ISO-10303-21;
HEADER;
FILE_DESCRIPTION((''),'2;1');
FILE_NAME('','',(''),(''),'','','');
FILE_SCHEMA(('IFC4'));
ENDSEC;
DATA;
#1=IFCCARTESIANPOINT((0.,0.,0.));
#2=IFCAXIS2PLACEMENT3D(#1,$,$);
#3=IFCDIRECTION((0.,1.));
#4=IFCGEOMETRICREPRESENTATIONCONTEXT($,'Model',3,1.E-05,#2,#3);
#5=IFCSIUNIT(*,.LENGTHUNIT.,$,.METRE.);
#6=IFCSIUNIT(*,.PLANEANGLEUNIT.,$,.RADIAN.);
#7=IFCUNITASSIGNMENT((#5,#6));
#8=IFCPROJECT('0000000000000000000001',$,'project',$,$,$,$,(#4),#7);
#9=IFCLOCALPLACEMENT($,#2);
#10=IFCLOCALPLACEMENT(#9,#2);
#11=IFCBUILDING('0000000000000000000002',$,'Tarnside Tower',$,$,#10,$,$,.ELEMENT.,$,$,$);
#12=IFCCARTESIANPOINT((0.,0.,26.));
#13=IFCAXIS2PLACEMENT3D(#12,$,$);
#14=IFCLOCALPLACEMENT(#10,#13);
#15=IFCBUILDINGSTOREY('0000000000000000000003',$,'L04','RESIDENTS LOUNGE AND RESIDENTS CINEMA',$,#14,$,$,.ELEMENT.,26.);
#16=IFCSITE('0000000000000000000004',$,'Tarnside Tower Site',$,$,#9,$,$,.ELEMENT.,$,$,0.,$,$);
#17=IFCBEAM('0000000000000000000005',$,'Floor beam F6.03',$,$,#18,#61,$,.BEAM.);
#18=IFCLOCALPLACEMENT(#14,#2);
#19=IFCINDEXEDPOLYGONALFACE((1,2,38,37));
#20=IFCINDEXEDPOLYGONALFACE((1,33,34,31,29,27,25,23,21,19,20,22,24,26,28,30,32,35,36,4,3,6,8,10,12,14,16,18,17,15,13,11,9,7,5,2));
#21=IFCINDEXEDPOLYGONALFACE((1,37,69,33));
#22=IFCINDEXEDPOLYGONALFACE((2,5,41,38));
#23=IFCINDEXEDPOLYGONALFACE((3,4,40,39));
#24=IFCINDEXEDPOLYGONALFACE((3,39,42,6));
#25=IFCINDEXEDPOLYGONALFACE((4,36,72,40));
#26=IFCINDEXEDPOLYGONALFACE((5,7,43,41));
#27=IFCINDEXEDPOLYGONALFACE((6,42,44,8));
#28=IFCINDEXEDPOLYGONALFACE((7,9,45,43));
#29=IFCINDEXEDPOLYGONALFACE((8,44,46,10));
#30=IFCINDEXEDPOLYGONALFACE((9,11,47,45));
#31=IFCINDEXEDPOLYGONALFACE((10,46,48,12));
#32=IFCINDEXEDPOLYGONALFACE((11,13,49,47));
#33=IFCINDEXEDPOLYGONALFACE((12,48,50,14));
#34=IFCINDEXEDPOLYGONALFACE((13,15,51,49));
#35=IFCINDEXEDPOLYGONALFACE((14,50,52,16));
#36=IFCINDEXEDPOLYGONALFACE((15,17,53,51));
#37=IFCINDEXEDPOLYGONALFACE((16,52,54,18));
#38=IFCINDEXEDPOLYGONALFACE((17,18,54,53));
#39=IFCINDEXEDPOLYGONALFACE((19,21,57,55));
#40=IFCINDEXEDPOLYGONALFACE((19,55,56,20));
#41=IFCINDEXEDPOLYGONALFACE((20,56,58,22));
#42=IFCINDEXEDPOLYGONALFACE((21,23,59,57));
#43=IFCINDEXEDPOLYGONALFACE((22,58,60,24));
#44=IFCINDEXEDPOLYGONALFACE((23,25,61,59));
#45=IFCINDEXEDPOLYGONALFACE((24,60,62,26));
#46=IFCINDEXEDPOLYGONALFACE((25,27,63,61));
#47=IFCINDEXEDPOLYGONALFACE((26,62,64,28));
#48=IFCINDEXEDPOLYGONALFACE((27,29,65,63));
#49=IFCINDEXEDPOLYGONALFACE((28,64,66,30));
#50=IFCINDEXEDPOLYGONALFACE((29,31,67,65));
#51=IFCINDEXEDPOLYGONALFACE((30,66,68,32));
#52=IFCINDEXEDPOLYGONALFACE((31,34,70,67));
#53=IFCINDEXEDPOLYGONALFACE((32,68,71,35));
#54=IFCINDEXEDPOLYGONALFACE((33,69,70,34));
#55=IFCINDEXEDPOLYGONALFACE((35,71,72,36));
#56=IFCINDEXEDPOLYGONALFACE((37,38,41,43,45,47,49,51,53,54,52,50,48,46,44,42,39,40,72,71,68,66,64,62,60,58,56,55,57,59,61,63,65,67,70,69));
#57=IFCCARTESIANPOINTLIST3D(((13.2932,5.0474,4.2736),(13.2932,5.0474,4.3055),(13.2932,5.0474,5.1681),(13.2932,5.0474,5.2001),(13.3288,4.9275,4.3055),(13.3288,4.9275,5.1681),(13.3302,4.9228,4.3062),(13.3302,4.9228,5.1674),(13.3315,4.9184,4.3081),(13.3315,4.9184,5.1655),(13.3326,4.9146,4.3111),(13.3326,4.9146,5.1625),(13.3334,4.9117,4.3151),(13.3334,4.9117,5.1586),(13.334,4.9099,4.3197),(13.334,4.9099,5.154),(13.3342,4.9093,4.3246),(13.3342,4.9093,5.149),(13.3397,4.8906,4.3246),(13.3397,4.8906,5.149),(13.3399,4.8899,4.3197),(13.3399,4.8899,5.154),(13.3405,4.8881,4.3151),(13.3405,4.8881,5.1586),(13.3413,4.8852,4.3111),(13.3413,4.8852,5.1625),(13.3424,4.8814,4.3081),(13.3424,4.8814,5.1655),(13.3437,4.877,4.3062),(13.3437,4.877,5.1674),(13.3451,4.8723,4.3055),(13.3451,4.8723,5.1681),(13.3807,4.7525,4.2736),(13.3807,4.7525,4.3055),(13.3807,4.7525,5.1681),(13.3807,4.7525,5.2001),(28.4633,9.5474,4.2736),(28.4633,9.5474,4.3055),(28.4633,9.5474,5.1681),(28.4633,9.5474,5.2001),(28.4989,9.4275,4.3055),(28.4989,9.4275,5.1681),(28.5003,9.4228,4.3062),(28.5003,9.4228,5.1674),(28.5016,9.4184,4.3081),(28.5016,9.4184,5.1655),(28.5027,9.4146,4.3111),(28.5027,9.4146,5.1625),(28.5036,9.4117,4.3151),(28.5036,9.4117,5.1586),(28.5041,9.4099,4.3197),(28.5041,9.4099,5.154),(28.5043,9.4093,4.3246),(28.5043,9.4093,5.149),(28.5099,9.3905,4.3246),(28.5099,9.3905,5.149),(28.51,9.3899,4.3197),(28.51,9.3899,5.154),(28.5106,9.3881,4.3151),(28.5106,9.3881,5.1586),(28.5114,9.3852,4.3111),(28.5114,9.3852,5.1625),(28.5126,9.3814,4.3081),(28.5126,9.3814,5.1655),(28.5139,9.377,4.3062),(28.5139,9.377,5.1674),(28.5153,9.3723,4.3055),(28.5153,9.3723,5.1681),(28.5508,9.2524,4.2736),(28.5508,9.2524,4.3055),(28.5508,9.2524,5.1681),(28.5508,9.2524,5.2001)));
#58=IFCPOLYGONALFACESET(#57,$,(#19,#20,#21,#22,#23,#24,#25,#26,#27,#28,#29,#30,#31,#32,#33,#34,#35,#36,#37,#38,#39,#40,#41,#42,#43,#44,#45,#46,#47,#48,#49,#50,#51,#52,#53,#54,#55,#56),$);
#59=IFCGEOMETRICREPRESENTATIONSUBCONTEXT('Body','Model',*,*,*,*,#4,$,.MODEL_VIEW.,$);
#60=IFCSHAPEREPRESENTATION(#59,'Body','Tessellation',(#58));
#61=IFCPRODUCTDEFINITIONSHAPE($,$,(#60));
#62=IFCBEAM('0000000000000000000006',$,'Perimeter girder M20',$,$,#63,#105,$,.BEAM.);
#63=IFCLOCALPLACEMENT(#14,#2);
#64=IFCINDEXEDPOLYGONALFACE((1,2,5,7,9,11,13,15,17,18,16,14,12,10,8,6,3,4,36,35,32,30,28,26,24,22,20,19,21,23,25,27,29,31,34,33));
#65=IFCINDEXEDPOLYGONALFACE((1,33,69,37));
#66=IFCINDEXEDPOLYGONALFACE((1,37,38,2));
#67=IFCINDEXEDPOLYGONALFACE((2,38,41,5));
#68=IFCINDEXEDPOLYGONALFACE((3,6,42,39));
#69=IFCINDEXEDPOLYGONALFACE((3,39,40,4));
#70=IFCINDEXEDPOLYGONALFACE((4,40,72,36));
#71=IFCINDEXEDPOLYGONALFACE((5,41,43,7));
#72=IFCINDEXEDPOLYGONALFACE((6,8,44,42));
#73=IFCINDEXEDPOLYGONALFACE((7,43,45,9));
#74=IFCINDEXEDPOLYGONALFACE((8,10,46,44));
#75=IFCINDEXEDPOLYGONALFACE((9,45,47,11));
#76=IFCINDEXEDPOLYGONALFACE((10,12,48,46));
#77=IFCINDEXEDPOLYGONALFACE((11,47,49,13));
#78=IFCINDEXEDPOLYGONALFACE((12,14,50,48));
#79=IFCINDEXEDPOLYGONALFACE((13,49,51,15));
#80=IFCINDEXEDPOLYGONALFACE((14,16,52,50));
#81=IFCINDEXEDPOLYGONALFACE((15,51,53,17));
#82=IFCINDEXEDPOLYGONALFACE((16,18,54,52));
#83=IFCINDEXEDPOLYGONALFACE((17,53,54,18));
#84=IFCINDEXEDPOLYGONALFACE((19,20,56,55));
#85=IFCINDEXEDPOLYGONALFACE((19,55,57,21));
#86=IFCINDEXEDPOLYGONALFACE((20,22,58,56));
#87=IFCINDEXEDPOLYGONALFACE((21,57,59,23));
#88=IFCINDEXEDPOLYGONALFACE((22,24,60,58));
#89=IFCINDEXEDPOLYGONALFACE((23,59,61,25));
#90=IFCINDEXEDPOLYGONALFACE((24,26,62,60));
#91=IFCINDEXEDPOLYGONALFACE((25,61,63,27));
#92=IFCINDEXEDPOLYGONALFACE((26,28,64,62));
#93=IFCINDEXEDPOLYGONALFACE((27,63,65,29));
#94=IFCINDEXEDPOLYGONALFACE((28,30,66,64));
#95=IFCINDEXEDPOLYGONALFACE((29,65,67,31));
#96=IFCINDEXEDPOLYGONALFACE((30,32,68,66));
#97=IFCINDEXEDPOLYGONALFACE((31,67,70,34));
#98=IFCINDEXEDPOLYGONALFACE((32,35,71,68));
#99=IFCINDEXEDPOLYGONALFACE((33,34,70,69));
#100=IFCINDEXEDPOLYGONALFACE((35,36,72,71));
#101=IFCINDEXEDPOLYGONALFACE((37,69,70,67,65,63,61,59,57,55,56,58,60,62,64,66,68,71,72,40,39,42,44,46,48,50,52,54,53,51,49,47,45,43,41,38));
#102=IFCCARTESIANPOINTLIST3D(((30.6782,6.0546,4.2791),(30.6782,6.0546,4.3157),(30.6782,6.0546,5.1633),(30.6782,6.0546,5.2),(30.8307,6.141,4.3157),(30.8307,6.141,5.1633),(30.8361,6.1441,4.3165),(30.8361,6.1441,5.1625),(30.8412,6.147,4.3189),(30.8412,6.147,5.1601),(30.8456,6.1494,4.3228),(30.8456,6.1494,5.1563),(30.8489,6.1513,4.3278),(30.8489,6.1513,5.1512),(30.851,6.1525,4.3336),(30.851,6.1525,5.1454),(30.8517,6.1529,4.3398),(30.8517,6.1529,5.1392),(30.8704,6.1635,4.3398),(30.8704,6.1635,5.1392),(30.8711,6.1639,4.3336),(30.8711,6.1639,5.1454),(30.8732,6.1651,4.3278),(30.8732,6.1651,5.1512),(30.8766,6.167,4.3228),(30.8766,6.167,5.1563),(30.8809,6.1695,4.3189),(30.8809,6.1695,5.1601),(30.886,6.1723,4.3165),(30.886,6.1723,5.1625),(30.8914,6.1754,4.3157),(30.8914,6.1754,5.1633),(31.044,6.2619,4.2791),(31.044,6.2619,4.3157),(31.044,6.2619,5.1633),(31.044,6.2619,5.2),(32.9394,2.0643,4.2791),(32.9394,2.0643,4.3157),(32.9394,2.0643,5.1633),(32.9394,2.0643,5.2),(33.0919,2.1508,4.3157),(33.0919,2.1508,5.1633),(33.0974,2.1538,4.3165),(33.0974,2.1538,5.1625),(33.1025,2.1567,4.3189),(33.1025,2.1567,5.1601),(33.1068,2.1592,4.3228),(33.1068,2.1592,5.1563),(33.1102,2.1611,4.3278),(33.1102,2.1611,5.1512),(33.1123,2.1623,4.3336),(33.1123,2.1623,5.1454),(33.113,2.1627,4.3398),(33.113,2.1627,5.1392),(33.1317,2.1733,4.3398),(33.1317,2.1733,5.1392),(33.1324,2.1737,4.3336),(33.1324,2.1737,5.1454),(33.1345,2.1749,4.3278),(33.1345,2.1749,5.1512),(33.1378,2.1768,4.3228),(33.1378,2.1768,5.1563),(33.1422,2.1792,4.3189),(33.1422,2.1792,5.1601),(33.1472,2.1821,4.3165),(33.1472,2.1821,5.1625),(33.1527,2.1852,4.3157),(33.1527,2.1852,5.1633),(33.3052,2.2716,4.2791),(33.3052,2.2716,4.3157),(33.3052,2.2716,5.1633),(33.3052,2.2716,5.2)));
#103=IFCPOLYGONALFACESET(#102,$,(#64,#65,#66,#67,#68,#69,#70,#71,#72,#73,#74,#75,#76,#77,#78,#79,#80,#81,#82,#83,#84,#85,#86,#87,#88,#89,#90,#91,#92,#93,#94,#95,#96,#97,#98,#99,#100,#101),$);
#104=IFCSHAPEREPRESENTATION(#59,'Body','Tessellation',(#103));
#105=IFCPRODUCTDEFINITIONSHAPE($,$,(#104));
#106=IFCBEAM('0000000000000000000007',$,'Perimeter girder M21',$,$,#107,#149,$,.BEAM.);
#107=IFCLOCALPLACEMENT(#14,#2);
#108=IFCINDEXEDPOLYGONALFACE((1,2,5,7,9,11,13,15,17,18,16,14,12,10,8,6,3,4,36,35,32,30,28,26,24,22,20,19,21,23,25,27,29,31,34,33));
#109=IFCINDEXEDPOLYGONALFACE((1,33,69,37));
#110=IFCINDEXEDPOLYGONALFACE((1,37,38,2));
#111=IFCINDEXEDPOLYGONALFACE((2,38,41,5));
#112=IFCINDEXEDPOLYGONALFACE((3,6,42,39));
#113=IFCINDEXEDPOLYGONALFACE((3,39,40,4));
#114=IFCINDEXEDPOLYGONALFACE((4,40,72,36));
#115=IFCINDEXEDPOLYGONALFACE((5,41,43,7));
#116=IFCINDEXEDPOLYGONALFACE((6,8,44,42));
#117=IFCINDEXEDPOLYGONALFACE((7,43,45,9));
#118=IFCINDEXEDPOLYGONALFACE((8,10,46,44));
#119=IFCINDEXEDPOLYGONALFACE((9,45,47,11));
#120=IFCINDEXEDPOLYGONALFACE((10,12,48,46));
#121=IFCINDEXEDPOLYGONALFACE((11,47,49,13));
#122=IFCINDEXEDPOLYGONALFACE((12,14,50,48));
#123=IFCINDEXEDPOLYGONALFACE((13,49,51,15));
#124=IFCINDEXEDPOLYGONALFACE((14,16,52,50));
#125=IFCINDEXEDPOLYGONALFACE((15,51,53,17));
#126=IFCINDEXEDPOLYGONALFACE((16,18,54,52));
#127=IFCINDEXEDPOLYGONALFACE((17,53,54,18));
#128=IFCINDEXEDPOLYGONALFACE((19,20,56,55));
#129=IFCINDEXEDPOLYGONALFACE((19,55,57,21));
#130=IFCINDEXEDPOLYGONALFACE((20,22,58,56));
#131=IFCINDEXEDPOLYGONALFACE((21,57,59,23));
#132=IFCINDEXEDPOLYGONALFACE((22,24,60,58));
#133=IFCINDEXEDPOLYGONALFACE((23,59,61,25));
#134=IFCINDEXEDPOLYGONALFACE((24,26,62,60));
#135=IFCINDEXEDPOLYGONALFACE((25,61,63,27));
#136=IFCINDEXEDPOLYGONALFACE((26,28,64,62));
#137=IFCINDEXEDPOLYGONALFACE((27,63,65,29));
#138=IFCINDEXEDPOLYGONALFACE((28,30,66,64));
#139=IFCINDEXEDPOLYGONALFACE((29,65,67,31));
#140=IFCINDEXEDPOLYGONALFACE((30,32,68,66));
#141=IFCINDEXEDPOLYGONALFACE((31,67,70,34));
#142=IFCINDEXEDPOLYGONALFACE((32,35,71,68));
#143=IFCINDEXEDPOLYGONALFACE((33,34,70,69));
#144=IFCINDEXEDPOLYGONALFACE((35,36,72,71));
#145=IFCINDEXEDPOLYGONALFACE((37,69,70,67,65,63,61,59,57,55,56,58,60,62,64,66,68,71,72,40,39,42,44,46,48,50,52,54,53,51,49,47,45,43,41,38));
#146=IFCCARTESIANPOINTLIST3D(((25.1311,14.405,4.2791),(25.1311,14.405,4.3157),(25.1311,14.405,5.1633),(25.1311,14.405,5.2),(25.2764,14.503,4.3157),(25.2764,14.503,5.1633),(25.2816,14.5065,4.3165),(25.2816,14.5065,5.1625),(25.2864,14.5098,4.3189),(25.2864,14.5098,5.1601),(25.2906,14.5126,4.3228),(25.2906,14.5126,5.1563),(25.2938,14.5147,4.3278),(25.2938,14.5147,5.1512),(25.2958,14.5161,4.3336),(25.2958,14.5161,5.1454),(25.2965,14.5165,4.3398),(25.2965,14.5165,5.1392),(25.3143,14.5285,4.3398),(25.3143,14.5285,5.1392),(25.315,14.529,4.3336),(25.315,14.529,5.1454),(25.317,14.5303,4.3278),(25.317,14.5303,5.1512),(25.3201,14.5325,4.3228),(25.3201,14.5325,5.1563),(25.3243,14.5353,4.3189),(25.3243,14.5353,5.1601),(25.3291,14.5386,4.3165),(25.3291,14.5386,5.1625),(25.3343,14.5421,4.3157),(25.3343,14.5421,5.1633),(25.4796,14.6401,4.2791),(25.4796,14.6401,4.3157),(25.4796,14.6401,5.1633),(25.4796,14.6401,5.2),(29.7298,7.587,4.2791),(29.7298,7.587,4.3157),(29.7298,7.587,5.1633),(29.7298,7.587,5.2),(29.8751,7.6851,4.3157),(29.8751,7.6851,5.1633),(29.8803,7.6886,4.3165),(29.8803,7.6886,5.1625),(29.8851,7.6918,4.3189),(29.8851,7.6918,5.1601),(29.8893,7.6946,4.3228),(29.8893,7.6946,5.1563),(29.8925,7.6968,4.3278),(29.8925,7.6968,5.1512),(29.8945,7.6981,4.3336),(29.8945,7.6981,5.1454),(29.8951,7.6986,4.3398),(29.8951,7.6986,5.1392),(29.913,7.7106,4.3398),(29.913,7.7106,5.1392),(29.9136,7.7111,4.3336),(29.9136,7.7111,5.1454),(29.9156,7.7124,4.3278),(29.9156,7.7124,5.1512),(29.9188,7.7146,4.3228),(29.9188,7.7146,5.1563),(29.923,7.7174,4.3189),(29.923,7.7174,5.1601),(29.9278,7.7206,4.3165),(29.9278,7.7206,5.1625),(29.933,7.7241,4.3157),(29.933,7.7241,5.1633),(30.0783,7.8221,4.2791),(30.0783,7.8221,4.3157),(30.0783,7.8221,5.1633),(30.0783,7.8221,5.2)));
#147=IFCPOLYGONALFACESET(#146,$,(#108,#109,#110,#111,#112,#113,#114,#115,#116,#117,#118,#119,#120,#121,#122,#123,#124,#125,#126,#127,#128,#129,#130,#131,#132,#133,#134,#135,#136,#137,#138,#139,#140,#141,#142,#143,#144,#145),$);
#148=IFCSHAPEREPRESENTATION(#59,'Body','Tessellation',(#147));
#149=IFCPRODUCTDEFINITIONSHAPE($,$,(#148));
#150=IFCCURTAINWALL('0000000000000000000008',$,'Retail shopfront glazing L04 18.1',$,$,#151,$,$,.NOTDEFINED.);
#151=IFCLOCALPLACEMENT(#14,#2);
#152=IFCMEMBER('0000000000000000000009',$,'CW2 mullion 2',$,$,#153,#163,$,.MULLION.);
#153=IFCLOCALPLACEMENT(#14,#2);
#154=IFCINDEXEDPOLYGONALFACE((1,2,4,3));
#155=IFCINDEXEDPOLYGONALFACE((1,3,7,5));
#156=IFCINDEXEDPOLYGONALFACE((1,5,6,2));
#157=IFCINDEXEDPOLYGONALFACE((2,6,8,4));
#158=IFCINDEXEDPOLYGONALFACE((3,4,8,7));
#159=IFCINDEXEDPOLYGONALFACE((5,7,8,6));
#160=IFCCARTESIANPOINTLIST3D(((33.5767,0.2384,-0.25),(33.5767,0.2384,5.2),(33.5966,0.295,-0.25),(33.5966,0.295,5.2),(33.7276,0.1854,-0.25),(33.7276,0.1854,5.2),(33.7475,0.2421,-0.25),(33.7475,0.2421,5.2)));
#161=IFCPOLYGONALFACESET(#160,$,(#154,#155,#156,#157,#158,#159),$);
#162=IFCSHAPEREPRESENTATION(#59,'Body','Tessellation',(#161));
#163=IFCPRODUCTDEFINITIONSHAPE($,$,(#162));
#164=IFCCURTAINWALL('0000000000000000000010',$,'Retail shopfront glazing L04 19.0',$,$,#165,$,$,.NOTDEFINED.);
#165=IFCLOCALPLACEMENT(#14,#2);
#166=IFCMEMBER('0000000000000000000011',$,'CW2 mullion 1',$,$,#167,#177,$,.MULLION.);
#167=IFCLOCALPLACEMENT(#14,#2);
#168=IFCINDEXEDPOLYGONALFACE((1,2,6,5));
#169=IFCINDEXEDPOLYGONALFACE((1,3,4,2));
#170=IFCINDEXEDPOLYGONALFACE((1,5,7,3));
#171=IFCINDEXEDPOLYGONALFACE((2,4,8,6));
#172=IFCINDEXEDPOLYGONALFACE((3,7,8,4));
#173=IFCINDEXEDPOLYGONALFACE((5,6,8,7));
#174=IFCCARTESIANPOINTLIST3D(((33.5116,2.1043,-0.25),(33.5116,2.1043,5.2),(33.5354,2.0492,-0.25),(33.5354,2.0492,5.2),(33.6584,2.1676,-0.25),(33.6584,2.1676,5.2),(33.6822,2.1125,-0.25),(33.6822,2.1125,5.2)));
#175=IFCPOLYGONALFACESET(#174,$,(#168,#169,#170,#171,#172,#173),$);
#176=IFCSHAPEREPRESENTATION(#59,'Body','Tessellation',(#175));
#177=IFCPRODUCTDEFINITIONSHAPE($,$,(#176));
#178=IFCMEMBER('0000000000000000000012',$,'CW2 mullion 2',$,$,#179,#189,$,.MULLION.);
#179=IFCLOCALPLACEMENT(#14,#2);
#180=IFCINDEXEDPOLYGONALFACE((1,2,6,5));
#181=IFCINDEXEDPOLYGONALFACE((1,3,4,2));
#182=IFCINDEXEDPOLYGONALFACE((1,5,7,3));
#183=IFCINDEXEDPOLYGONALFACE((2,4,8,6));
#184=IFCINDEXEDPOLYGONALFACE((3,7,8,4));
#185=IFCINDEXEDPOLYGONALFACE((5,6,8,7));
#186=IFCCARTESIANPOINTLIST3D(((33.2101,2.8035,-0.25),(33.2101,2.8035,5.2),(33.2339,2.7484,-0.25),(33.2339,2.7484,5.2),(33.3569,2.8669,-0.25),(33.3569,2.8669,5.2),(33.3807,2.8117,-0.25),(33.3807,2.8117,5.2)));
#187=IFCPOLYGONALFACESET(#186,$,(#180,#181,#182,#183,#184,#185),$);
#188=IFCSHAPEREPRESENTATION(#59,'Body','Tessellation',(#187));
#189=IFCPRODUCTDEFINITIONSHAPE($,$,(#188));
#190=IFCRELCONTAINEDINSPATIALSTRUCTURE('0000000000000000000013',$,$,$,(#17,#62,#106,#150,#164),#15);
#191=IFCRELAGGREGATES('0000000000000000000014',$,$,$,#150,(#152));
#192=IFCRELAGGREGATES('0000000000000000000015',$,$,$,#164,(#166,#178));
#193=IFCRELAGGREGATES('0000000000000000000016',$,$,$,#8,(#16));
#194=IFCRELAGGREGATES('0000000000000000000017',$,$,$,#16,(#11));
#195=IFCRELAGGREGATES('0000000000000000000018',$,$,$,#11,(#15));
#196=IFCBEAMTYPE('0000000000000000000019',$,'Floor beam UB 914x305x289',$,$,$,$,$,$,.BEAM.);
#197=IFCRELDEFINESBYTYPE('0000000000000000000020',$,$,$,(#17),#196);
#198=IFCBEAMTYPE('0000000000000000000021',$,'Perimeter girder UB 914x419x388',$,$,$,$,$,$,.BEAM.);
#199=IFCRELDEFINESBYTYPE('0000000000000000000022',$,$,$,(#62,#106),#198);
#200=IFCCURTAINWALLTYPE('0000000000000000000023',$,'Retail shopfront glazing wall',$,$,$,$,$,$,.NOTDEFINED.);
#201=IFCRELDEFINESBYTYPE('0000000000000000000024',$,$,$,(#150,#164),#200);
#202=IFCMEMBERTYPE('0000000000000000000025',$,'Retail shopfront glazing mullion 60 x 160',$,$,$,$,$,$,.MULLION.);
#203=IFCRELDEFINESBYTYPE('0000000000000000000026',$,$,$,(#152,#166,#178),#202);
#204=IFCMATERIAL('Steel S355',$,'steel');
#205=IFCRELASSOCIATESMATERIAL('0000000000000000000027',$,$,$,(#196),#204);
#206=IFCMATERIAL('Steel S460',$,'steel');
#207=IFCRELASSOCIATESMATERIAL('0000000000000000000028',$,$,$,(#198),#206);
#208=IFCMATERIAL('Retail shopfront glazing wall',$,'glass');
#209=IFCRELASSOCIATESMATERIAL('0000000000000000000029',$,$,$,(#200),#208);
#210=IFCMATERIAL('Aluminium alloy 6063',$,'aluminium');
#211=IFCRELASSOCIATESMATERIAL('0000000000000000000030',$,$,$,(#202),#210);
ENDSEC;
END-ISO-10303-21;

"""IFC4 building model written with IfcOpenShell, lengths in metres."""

from ifc_helpers import new_model, si_unit, direction, frame, origin, origin_2d, place, context, subcontext, project, spatial, rectangle, i_section, extrude, material, material_profile, profile_set, type_object, element, aggregate, save


model = new_model("IFC4")

# Units and contexts
model_context = context("Model", 3, precision=1e-05, world=origin(), true_north=direction((0.0, 1.0)))
body_context = subcontext(model_context, "Body", "Model", "MODEL_VIEW")
ifc_project = project(units=[si_unit("LENGTHUNIT", "METRE"), si_unit("PLANEANGLEUNIT", "RADIAN")], contexts=[model_context])

# Site, building, storey
site_placement = place(None, origin())
site = spatial("IfcSite", under=ifc_project, at=site_placement, Name="Tarnside Tower Site", CompositionType="ELEMENT", RefElevation=0.0)
building_placement = place(site_placement, origin())
building = spatial("IfcBuilding", under=site, at=building_placement, Name="Tarnside Tower", CompositionType="ELEMENT")
storey_placement = place(building_placement, frame((0.0, 0.0, 26.0)))
storey = spatial("IfcBuildingStorey", under=building, at=storey_placement, Name="L04", Description="RESIDENTS LOUNGE AND RESIDENTS CINEMA", CompositionType="ELEMENT", Elevation=26.0)

# Beams
ifc_material_1 = material(Name="Steel S355", Category="steel")
ifc_material_profile_1 = material_profile(ifc_material_1, i_section(OverallWidth=0.3076, OverallDepth=0.9265, WebThickness=0.0195, FlangeThickness=0.032, FilletRadius=0.019, at=origin_2d()), Name="UB 914x305x289")
ifc_profile_set_1 = profile_set([ifc_material_profile_1], Name="Steel S355")
beam_type_1 = type_object("IfcBeamType", Name="Floor beam UB 914x305x289", PredefinedType="BEAM", material=ifc_profile_set_1)
beam_1_placement = place(storey_placement, frame((28.5071, 9.3999, 4.7368), z_axis=(-0.95871, -0.284387, 0.0), x_axis=(0.284387, -0.95871, 0.0)))
element("IfcBeam", 1, at=beam_1_placement, inside=storey, type_object=beam_type_1, Name="Floor beam F6.03", PredefinedType="BEAM", context=body_context, shape_type="SweptSolid", body=[
    extrude(i_section(OverallWidth=0.3076, OverallDepth=0.9265, WebThickness=0.0195, FlangeThickness=0.032, FilletRadius=0.019, at=origin_2d()), origin(), (0.0, 0.0, 1.0), 15.8235),
])
ifc_material_2 = material(Name="Steel S460", Category="steel")
ifc_material_profile_2 = material_profile(ifc_material_2, i_section(OverallWidth=0.4204, OverallDepth=0.9209, WebThickness=0.0215, FlangeThickness=0.0366, FilletRadius=0.0242, at=origin_2d()), Name="UB 914x419x388")
ifc_profile_set_2 = profile_set([ifc_material_profile_2], Name="Steel S460")
beam_type_2 = type_object("IfcBeamType", Name="Perimeter girder UB 914x419x388", PredefinedType="BEAM", material=ifc_profile_set_2)
beam_2_placement = place(storey_placement, frame((33.1223, 2.168, 4.7395), z_axis=(-0.493029, 0.870013, 0.0), x_axis=(-0.870013, -0.493029, 0.0)))
element("IfcBeam", 2, at=beam_2_placement, inside=storey, type_object=beam_type_2, Name="Perimeter girder M20", PredefinedType="BEAM", context=body_context, shape_type="SweptSolid", body=[
    extrude(i_section(OverallWidth=0.4204, OverallDepth=0.9209, WebThickness=0.0215, FlangeThickness=0.0366, FilletRadius=0.0242, at=origin_2d()), origin(), (0.0, 0.0, 1.0), 4.5864),
])
beam_3_placement = place(storey_placement, frame((29.9041, 7.7046, 4.7395), z_axis=(-0.559186, 0.829042, 0.0), x_axis=(-0.829042, -0.559186, 0.0)))
element("IfcBeam", 3, at=beam_3_placement, inside=storey, type_object=beam_type_2, Name="Perimeter girder M21", PredefinedType="BEAM", context=body_context, shape_type="SweptSolid", body=[
    extrude(i_section(OverallWidth=0.4204, OverallDepth=0.9209, WebThickness=0.0215, FlangeThickness=0.0366, FilletRadius=0.0242, at=origin_2d()), origin(), (0.0, 0.0, 1.0), 8.2239),
])

# Curtain wall, member
ifc_material_3 = material(Name="Retail shopfront glazing wall", Category="glass")
curtain_wall_type = type_object("IfcCurtainWallType", Name="Retail shopfront glazing wall", PredefinedType="NOTDEFINED", material=ifc_material_3)
curtain_wall_1_placement = place(storey_placement, origin())
curtain_wall_1 = element("IfcCurtainWall", 4, at=curtain_wall_1_placement, inside=storey, type_object=curtain_wall_type, Name="Retail shopfront glazing L04 18.1", PredefinedType="NOTDEFINED")
ifc_material_4 = material(Name="Aluminium alloy 6063", Category="aluminium")
ifc_material_profile_3 = material_profile(ifc_material_4, rectangle(XDim=0.1599, YDim=0.0601, at=origin_2d()), Name="Retail shopfront glazing mullion 60 x 160")
ifc_profile_set_3 = profile_set([ifc_material_profile_3], Name="Aluminium alloy 6063")
member_type_1 = type_object("IfcMemberType", Name="Retail shopfront glazing mullion 60 x 160", PredefinedType="MULLION", material=ifc_profile_set_3)
member_1_placement = place(storey_placement, frame((33.6621, 0.2402, -0.25), z_axis=(0.0, 0.0, 1.0), x_axis=(-0.943609, 0.331063, 0.0)))
member_1 = element("IfcMember", 5, at=member_1_placement, type_object=member_type_1, Name="CW2 mullion 2", PredefinedType="MULLION", context=body_context, shape_type="SweptSolid", body=[
    extrude(rectangle(XDim=0.1599, YDim=0.0601, at=origin_2d()), origin(), (0.0, 0.0, 1.0), 5.45),
])
aggregate(curtain_wall_1, [member_1])

# Curtain wall, members
curtain_wall_2_placement = place(storey_placement, origin())
curtain_wall_2 = element("IfcCurtainWall", 6, at=curtain_wall_2_placement, inside=storey, type_object=curtain_wall_type, Name="Retail shopfront glazing L04 19.0", PredefinedType="NOTDEFINED")
member_2_placement = place(storey_placement, frame((33.5969, 2.1084, -0.25), z_axis=(0.0, 0.0, 1.0), x_axis=(-0.918216, -0.39608, 0.0)))
member_2 = element("IfcMember", 7, at=member_2_placement, type_object=member_type_1, Name="CW2 mullion 1", PredefinedType="MULLION", context=body_context, shape_type="SweptSolid", body=[
    extrude(rectangle(XDim=0.1599, YDim=0.0601, at=origin_2d()), origin(), (0.0, 0.0, 1.0), 5.45),
])
member_3_placement = place(storey_placement, frame((33.2954, 2.8076, -0.25), z_axis=(0.0, 0.0, 1.0), x_axis=(-0.918216, -0.39608, 0.0)))
member_3 = element("IfcMember", 8, at=member_3_placement, type_object=member_type_1, Name="CW2 mullion 2", PredefinedType="MULLION", context=body_context, shape_type="SweptSolid", body=[
    extrude(rectangle(XDim=0.1599, YDim=0.0601, at=origin_2d()), origin(), (0.0, 0.0, 1.0), 5.45),
])

aggregate(curtain_wall_2, [member_2, member_3])

save(model, "model.ifc")
